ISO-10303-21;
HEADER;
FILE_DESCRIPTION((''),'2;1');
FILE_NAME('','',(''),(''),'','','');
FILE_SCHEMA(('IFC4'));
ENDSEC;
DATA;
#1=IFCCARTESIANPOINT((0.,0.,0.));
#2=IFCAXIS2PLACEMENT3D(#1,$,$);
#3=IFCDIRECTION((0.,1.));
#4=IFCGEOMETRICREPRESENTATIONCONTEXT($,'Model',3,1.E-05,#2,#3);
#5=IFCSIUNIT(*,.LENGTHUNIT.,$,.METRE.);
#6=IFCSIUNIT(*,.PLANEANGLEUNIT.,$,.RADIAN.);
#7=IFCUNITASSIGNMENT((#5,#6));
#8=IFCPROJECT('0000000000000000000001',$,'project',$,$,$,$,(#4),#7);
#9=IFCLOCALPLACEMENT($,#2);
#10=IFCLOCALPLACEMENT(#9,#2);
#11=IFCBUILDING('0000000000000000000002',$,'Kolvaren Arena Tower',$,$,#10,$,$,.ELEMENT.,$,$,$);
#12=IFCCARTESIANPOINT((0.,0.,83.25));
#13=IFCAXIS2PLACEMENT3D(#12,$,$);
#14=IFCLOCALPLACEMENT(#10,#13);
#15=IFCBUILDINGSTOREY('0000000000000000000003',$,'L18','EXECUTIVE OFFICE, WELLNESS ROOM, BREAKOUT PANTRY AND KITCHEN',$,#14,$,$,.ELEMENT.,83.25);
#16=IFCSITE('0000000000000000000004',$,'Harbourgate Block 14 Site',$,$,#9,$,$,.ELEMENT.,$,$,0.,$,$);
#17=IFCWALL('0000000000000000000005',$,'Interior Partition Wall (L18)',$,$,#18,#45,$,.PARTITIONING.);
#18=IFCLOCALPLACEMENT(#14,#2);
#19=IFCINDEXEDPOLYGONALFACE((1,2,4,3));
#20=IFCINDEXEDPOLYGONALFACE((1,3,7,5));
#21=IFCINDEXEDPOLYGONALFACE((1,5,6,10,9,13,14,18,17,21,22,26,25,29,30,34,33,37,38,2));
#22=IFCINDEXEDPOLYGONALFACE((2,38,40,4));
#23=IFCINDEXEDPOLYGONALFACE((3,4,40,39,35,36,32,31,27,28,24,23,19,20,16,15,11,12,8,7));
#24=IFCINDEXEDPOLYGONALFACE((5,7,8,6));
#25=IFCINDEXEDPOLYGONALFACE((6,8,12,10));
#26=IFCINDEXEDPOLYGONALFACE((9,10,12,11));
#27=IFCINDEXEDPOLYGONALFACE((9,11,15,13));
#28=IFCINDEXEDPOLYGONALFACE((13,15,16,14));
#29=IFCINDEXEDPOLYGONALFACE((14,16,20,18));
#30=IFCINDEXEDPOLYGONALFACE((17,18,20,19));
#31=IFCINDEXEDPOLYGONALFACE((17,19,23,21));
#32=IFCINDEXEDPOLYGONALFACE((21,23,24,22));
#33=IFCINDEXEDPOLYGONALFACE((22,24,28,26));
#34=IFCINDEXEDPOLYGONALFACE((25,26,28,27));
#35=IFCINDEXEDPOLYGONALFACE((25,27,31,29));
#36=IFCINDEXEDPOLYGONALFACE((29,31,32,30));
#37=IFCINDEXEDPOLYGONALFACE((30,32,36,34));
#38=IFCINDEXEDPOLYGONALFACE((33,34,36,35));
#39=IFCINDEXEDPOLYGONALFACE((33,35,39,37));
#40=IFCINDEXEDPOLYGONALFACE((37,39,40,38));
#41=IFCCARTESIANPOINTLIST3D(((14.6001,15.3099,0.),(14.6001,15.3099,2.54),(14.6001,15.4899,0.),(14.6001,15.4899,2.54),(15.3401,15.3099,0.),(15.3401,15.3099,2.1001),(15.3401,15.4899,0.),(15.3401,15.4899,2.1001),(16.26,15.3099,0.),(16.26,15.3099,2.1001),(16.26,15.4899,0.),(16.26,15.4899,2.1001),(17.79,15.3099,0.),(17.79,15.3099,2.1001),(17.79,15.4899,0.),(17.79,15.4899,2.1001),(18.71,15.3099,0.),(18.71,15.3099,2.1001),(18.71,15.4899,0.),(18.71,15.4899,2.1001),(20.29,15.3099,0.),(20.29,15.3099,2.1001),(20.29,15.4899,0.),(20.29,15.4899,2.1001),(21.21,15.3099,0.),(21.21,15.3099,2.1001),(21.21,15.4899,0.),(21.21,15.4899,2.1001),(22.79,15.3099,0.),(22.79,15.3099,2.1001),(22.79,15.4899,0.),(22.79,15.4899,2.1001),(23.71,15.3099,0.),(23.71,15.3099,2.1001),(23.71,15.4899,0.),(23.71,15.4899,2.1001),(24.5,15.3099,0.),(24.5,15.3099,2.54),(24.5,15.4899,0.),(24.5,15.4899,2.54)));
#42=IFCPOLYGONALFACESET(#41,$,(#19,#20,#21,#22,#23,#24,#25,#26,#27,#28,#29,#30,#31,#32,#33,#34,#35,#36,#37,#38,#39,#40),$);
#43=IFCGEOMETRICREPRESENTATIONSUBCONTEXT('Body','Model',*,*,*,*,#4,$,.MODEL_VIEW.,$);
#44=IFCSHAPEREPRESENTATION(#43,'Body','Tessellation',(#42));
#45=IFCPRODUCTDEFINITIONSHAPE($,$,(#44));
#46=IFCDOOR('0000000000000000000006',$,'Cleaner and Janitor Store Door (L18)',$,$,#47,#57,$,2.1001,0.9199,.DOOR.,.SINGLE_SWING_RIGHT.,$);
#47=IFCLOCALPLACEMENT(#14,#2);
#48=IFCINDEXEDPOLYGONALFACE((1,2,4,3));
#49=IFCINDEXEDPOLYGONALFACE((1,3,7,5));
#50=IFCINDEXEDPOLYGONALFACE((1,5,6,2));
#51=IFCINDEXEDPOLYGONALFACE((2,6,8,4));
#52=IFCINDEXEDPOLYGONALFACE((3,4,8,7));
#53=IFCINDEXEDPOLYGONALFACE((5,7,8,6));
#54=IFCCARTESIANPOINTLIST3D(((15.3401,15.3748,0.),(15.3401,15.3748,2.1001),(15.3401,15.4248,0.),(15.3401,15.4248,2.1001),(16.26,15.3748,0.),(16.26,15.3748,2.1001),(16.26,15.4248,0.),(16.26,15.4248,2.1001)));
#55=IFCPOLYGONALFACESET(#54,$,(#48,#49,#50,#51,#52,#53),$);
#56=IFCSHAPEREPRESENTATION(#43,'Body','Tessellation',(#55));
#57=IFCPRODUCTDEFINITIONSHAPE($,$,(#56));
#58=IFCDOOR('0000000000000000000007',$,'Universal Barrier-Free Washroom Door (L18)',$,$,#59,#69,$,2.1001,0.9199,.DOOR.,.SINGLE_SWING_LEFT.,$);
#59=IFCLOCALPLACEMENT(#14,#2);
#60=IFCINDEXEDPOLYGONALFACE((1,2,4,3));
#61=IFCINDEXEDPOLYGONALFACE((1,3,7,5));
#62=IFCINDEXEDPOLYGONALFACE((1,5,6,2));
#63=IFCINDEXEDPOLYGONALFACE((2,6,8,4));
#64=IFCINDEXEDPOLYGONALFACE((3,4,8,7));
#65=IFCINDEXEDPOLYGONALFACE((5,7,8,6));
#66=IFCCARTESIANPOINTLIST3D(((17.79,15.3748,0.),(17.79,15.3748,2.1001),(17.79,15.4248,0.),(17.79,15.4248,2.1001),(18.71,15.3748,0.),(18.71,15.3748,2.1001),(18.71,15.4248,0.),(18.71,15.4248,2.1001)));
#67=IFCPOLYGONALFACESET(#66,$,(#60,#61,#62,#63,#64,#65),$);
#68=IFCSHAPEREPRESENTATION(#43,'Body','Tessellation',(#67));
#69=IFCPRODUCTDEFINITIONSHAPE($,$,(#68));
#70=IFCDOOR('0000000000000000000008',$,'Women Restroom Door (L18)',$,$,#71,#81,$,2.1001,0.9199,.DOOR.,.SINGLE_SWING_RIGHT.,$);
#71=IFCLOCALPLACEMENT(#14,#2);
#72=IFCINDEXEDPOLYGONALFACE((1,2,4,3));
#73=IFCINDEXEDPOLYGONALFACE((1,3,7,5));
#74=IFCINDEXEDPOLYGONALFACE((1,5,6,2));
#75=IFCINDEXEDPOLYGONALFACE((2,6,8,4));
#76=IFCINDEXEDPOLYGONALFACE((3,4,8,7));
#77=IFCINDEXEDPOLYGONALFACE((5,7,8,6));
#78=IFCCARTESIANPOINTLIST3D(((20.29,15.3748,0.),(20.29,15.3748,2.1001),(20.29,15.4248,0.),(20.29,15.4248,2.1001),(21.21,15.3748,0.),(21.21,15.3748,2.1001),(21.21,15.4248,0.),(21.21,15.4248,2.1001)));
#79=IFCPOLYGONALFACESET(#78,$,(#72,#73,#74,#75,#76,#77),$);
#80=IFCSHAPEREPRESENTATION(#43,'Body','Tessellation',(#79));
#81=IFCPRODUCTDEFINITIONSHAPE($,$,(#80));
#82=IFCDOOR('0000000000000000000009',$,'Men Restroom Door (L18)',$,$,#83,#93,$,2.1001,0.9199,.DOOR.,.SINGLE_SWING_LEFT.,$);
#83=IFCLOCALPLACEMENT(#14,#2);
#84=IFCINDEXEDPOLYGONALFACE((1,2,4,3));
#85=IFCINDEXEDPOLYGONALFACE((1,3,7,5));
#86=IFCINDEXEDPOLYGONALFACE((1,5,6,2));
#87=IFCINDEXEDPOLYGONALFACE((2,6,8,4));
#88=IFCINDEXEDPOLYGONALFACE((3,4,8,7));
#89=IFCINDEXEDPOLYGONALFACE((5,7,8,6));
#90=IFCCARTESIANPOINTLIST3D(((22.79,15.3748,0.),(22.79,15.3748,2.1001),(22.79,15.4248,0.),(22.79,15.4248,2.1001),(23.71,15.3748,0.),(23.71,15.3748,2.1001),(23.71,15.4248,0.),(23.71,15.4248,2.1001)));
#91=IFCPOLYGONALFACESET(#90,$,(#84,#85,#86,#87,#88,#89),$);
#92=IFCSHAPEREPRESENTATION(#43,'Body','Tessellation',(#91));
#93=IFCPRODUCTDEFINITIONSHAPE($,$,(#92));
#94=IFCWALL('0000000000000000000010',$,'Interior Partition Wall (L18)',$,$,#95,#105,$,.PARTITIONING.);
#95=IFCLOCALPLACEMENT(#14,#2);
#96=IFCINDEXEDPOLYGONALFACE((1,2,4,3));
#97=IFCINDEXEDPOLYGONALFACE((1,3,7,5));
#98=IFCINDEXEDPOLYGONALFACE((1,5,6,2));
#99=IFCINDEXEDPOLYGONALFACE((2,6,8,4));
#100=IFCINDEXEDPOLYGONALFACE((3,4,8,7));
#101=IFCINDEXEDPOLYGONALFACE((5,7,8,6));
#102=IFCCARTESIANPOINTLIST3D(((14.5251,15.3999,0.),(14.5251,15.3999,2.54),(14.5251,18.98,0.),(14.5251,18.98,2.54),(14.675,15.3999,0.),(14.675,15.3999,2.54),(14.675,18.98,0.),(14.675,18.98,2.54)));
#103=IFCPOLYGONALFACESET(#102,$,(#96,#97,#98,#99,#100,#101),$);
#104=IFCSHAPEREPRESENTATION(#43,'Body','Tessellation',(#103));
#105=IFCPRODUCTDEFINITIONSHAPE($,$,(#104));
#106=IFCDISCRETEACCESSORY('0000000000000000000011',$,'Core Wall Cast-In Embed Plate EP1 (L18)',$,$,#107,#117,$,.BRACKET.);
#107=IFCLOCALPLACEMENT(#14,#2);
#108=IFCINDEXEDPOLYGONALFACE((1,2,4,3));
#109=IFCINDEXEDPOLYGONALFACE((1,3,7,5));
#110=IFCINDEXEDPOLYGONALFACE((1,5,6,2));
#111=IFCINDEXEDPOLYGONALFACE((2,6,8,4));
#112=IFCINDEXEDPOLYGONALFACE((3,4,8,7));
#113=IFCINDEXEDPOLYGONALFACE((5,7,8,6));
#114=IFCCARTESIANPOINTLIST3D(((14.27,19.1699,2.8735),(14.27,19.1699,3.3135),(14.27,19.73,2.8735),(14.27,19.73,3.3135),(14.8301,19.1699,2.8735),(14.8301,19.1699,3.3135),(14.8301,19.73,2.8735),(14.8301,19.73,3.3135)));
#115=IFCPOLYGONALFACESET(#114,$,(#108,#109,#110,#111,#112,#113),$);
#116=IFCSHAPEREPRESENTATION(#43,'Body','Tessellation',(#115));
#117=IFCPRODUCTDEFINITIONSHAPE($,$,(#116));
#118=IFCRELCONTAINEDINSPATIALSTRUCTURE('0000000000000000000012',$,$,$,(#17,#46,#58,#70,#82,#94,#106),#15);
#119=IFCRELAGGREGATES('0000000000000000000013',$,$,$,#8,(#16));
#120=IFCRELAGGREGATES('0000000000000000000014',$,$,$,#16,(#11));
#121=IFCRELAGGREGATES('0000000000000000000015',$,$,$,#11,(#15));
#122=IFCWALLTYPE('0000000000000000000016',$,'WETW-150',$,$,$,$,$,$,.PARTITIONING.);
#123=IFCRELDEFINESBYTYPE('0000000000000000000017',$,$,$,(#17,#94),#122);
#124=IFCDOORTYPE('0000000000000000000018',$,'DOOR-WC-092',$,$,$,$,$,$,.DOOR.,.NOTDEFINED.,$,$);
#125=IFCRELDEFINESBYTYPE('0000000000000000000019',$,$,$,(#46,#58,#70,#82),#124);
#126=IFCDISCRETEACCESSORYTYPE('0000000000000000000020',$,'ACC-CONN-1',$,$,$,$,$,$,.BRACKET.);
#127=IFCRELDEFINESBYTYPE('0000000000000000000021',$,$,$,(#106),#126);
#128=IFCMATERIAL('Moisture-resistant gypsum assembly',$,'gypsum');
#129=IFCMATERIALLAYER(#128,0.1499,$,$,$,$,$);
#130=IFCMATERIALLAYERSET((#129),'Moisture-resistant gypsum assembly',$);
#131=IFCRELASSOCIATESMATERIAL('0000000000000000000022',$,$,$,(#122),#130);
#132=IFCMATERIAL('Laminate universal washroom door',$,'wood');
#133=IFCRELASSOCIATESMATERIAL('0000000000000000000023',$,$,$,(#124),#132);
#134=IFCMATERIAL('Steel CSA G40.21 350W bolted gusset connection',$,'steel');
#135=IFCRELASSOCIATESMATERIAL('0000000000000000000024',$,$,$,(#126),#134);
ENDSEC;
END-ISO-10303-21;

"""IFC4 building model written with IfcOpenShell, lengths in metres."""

from ifc_helpers import new_model, si_unit, direction, frame, frame_2d, origin, origin_2d, place, context, subcontext, project, spatial, rectangle, extrude, material, layer, layer_set, type_object, element, fill, save


model = new_model("IFC4")

# Units and contexts
model_context = context("Model", 3, precision=1e-05, world=origin(), true_north=direction((0.0, 1.0)))
body_context = subcontext(model_context, "Body", "Model", "MODEL_VIEW")
ifc_project = project(units=[si_unit("LENGTHUNIT", "METRE"), si_unit("PLANEANGLEUNIT", "RADIAN")], contexts=[model_context])

# Site, building, storey
site_placement = place(None, origin())
site = spatial("IfcSite", under=ifc_project, at=site_placement, Name="Harbourgate Block 14 Site", CompositionType="ELEMENT", RefElevation=0.0)
building_placement = place(site_placement, origin())
building = spatial("IfcBuilding", under=site, at=building_placement, Name="Kolvaren Arena Tower", CompositionType="ELEMENT")
storey_placement = place(building_placement, frame((0.0, 0.0, 83.25)))
storey = spatial("IfcBuildingStorey", under=building, at=storey_placement, Name="L18", Description="EXECUTIVE OFFICE, WELLNESS ROOM, BREAKOUT PANTRY AND KITCHEN", CompositionType="ELEMENT", Elevation=83.25)

# Wall, openings, doors
ifc_material_1 = material(Name="Moisture-resistant gypsum assembly", Category="gypsum")
ifc_layer_1 = layer(ifc_material_1, 0.1499)
ifc_layer_set_1 = layer_set([ifc_layer_1], Name="Moisture-resistant gypsum assembly")
wall_type_1 = type_object("IfcWallType", Name="WETW-150", PredefinedType="PARTITIONING", material=ifc_layer_set_1)
wall_1_placement = place(storey_placement, frame((14.6001, 15.3999, 0.0), z_axis=(0.0, 0.0, 1.0), x_axis=(1.0, 0.0, 0.0)))
wall_1 = element("IfcWall", 1, at=wall_1_placement, inside=storey, type_object=wall_type_1, Name="Interior Partition Wall (L18)", PredefinedType="PARTITIONING", context=body_context, shape_type="SweptSolid", body=[
    extrude(rectangle(XDim=9.8999, YDim=0.1799, at=frame_2d((4.95, 0.0))), origin(), (0.0, 0.0, 1.0), 2.54),
])
opening_1_placement = place(wall_1_placement, frame((0.74, 0.0, 0.0)))
opening_1 = element("IfcOpeningElement", 2, at=opening_1_placement, cuts=wall_1, PredefinedType="OPENING", context=body_context, shape_type="SweptSolid", body=[
    extrude(rectangle(XDim=0.9199, YDim=2.1001, at=frame_2d((0.46, 1.05))), frame((0.0, 0.0999, 0.0), z_axis=(0.0, -1.0, 0.0), x_axis=(1.0, 0.0, 0.0)), (0.0, 0.0, 1.0), 0.2),
])
opening_2_placement = place(wall_1_placement, frame((3.1899, 0.0, 0.0)))
opening_2 = element("IfcOpeningElement", 3, at=opening_2_placement, cuts=wall_1, PredefinedType="OPENING", context=body_context, shape_type="SweptSolid", body=[
    extrude(rectangle(XDim=0.9199, YDim=2.1001, at=frame_2d((0.46, 1.05))), frame((0.0, 0.0999, 0.0), z_axis=(0.0, -1.0, 0.0), x_axis=(1.0, 0.0, 0.0)), (0.0, 0.0, 1.0), 0.2),
])
opening_3_placement = place(wall_1_placement, frame((5.6899, 0.0, 0.0)))
opening_3 = element("IfcOpeningElement", 4, at=opening_3_placement, cuts=wall_1, PredefinedType="OPENING", context=body_context, shape_type="SweptSolid", body=[
    extrude(rectangle(XDim=0.9199, YDim=2.1001, at=frame_2d((0.46, 1.05))), frame((0.0, 0.0999, 0.0), z_axis=(0.0, -1.0, 0.0), x_axis=(1.0, 0.0, 0.0)), (0.0, 0.0, 1.0), 0.2),
])
opening_4_placement = place(wall_1_placement, frame((8.1899, 0.0, 0.0)))
opening_4 = element("IfcOpeningElement", 5, at=opening_4_placement, cuts=wall_1, PredefinedType="OPENING", context=body_context, shape_type="SweptSolid", body=[
    extrude(rectangle(XDim=0.9199, YDim=2.1001, at=frame_2d((0.46, 1.05))), frame((0.0, 0.0999, 0.0), z_axis=(0.0, -1.0, 0.0), x_axis=(1.0, 0.0, 0.0)), (0.0, 0.0, 1.0), 0.2),
])
ifc_material_2 = material(Name="Laminate universal washroom door", Category="wood")
door_type = type_object("IfcDoorType", Name="DOOR-WC-092", OperationType="NOTDEFINED", PredefinedType="DOOR", material=ifc_material_2)
door_1_placement = place(opening_1_placement, origin())
door_1 = element("IfcDoor", 6, at=door_1_placement, inside=storey, type_object=door_type, Name="Cleaner and Janitor Store Door (L18)", OperationType="SINGLE_SWING_RIGHT", OverallHeight=2.1001, OverallWidth=0.9199, PredefinedType="DOOR", context=body_context, shape_type="SweptSolid", body=[
    extrude(rectangle(XDim=0.9199, YDim=2.1001, at=frame_2d((0.46, 1.05))), frame((0.0, 0.0249, 0.0), z_axis=(0.0, -1.0, 0.0), x_axis=(1.0, 0.0, 0.0)), (0.0, 0.0, 1.0), 0.05),
])
fill(opening_1, door_1)
door_2_placement = place(opening_2_placement, origin())
door_2 = element("IfcDoor", 7, at=door_2_placement, inside=storey, type_object=door_type, Name="Universal Barrier-Free Washroom Door (L18)", OperationType="SINGLE_SWING_LEFT", OverallHeight=2.1001, OverallWidth=0.9199, PredefinedType="DOOR", context=body_context, shape_type="SweptSolid", body=[
    extrude(rectangle(XDim=0.9199, YDim=2.1001, at=frame_2d((0.46, 1.05))), frame((0.0, 0.0249, 0.0), z_axis=(0.0, -1.0, 0.0), x_axis=(1.0, 0.0, 0.0)), (0.0, 0.0, 1.0), 0.05),
])
fill(opening_2, door_2)
door_3_placement = place(opening_3_placement, origin())
door_3 = element("IfcDoor", 8, at=door_3_placement, inside=storey, type_object=door_type, Name="Women Restroom Door (L18)", OperationType="SINGLE_SWING_RIGHT", OverallHeight=2.1001, OverallWidth=0.9199, PredefinedType="DOOR", context=body_context, shape_type="SweptSolid", body=[
    extrude(rectangle(XDim=0.9199, YDim=2.1001, at=frame_2d((0.46, 1.05))), frame((0.0, 0.0249, 0.0), z_axis=(0.0, -1.0, 0.0), x_axis=(1.0, 0.0, 0.0)), (0.0, 0.0, 1.0), 0.05),
])
fill(opening_3, door_3)
door_4_placement = place(opening_4_placement, origin())
door_4 = element("IfcDoor", 9, at=door_4_placement, inside=storey, type_object=door_type, Name="Men Restroom Door (L18)", OperationType="SINGLE_SWING_LEFT", OverallHeight=2.1001, OverallWidth=0.9199, PredefinedType="DOOR", context=body_context, shape_type="SweptSolid", body=[
    extrude(rectangle(XDim=0.9199, YDim=2.1001, at=frame_2d((0.46, 1.05))), frame((0.0, 0.0249, 0.0), z_axis=(0.0, -1.0, 0.0), x_axis=(1.0, 0.0, 0.0)), (0.0, 0.0, 1.0), 0.05),
])
fill(opening_4, door_4)

# Wall
wall_2_placement = place(storey_placement, frame((14.6001, 15.3999, 0.0), z_axis=(0.0, 0.0, 1.0), x_axis=(0.0, 1.0, 0.0)))
element("IfcWall", 10, at=wall_2_placement, inside=storey, type_object=wall_type_1, Name="Interior Partition Wall (L18)", PredefinedType="PARTITIONING", context=body_context, shape_type="SweptSolid", body=[
    extrude(rectangle(XDim=3.5801, YDim=0.1499, at=frame_2d((1.79, 0.0))), origin(), (0.0, 0.0, 1.0), 2.54),
])

# Discrete accessory
ifc_material_3 = material(Name="Steel CSA G40.21 350W bolted gusset connection", Category="steel")
discrete_accessory_type = type_object("IfcDiscreteAccessoryType", Name="ACC-CONN-1", PredefinedType="BRACKET", material=ifc_material_3)
discrete_accessory_placement = place(storey_placement, frame((14.55, 19.45, 2.8735), z_axis=(0.0, 0.0, 1.0), x_axis=(1.0, 0.0, 0.0)))
element("IfcDiscreteAccessory", 11, at=discrete_accessory_placement, inside=storey, type_object=discrete_accessory_type, Name="Core Wall Cast-In Embed Plate EP1 (L18)", PredefinedType="BRACKET", context=body_context, shape_type="SweptSolid", body=[
    extrude(rectangle(XDim=0.5601, YDim=0.5601, at=origin_2d()), origin(), (0.0, 0.0, 1.0), 0.4399),
])

save(model, "model.ifc")
